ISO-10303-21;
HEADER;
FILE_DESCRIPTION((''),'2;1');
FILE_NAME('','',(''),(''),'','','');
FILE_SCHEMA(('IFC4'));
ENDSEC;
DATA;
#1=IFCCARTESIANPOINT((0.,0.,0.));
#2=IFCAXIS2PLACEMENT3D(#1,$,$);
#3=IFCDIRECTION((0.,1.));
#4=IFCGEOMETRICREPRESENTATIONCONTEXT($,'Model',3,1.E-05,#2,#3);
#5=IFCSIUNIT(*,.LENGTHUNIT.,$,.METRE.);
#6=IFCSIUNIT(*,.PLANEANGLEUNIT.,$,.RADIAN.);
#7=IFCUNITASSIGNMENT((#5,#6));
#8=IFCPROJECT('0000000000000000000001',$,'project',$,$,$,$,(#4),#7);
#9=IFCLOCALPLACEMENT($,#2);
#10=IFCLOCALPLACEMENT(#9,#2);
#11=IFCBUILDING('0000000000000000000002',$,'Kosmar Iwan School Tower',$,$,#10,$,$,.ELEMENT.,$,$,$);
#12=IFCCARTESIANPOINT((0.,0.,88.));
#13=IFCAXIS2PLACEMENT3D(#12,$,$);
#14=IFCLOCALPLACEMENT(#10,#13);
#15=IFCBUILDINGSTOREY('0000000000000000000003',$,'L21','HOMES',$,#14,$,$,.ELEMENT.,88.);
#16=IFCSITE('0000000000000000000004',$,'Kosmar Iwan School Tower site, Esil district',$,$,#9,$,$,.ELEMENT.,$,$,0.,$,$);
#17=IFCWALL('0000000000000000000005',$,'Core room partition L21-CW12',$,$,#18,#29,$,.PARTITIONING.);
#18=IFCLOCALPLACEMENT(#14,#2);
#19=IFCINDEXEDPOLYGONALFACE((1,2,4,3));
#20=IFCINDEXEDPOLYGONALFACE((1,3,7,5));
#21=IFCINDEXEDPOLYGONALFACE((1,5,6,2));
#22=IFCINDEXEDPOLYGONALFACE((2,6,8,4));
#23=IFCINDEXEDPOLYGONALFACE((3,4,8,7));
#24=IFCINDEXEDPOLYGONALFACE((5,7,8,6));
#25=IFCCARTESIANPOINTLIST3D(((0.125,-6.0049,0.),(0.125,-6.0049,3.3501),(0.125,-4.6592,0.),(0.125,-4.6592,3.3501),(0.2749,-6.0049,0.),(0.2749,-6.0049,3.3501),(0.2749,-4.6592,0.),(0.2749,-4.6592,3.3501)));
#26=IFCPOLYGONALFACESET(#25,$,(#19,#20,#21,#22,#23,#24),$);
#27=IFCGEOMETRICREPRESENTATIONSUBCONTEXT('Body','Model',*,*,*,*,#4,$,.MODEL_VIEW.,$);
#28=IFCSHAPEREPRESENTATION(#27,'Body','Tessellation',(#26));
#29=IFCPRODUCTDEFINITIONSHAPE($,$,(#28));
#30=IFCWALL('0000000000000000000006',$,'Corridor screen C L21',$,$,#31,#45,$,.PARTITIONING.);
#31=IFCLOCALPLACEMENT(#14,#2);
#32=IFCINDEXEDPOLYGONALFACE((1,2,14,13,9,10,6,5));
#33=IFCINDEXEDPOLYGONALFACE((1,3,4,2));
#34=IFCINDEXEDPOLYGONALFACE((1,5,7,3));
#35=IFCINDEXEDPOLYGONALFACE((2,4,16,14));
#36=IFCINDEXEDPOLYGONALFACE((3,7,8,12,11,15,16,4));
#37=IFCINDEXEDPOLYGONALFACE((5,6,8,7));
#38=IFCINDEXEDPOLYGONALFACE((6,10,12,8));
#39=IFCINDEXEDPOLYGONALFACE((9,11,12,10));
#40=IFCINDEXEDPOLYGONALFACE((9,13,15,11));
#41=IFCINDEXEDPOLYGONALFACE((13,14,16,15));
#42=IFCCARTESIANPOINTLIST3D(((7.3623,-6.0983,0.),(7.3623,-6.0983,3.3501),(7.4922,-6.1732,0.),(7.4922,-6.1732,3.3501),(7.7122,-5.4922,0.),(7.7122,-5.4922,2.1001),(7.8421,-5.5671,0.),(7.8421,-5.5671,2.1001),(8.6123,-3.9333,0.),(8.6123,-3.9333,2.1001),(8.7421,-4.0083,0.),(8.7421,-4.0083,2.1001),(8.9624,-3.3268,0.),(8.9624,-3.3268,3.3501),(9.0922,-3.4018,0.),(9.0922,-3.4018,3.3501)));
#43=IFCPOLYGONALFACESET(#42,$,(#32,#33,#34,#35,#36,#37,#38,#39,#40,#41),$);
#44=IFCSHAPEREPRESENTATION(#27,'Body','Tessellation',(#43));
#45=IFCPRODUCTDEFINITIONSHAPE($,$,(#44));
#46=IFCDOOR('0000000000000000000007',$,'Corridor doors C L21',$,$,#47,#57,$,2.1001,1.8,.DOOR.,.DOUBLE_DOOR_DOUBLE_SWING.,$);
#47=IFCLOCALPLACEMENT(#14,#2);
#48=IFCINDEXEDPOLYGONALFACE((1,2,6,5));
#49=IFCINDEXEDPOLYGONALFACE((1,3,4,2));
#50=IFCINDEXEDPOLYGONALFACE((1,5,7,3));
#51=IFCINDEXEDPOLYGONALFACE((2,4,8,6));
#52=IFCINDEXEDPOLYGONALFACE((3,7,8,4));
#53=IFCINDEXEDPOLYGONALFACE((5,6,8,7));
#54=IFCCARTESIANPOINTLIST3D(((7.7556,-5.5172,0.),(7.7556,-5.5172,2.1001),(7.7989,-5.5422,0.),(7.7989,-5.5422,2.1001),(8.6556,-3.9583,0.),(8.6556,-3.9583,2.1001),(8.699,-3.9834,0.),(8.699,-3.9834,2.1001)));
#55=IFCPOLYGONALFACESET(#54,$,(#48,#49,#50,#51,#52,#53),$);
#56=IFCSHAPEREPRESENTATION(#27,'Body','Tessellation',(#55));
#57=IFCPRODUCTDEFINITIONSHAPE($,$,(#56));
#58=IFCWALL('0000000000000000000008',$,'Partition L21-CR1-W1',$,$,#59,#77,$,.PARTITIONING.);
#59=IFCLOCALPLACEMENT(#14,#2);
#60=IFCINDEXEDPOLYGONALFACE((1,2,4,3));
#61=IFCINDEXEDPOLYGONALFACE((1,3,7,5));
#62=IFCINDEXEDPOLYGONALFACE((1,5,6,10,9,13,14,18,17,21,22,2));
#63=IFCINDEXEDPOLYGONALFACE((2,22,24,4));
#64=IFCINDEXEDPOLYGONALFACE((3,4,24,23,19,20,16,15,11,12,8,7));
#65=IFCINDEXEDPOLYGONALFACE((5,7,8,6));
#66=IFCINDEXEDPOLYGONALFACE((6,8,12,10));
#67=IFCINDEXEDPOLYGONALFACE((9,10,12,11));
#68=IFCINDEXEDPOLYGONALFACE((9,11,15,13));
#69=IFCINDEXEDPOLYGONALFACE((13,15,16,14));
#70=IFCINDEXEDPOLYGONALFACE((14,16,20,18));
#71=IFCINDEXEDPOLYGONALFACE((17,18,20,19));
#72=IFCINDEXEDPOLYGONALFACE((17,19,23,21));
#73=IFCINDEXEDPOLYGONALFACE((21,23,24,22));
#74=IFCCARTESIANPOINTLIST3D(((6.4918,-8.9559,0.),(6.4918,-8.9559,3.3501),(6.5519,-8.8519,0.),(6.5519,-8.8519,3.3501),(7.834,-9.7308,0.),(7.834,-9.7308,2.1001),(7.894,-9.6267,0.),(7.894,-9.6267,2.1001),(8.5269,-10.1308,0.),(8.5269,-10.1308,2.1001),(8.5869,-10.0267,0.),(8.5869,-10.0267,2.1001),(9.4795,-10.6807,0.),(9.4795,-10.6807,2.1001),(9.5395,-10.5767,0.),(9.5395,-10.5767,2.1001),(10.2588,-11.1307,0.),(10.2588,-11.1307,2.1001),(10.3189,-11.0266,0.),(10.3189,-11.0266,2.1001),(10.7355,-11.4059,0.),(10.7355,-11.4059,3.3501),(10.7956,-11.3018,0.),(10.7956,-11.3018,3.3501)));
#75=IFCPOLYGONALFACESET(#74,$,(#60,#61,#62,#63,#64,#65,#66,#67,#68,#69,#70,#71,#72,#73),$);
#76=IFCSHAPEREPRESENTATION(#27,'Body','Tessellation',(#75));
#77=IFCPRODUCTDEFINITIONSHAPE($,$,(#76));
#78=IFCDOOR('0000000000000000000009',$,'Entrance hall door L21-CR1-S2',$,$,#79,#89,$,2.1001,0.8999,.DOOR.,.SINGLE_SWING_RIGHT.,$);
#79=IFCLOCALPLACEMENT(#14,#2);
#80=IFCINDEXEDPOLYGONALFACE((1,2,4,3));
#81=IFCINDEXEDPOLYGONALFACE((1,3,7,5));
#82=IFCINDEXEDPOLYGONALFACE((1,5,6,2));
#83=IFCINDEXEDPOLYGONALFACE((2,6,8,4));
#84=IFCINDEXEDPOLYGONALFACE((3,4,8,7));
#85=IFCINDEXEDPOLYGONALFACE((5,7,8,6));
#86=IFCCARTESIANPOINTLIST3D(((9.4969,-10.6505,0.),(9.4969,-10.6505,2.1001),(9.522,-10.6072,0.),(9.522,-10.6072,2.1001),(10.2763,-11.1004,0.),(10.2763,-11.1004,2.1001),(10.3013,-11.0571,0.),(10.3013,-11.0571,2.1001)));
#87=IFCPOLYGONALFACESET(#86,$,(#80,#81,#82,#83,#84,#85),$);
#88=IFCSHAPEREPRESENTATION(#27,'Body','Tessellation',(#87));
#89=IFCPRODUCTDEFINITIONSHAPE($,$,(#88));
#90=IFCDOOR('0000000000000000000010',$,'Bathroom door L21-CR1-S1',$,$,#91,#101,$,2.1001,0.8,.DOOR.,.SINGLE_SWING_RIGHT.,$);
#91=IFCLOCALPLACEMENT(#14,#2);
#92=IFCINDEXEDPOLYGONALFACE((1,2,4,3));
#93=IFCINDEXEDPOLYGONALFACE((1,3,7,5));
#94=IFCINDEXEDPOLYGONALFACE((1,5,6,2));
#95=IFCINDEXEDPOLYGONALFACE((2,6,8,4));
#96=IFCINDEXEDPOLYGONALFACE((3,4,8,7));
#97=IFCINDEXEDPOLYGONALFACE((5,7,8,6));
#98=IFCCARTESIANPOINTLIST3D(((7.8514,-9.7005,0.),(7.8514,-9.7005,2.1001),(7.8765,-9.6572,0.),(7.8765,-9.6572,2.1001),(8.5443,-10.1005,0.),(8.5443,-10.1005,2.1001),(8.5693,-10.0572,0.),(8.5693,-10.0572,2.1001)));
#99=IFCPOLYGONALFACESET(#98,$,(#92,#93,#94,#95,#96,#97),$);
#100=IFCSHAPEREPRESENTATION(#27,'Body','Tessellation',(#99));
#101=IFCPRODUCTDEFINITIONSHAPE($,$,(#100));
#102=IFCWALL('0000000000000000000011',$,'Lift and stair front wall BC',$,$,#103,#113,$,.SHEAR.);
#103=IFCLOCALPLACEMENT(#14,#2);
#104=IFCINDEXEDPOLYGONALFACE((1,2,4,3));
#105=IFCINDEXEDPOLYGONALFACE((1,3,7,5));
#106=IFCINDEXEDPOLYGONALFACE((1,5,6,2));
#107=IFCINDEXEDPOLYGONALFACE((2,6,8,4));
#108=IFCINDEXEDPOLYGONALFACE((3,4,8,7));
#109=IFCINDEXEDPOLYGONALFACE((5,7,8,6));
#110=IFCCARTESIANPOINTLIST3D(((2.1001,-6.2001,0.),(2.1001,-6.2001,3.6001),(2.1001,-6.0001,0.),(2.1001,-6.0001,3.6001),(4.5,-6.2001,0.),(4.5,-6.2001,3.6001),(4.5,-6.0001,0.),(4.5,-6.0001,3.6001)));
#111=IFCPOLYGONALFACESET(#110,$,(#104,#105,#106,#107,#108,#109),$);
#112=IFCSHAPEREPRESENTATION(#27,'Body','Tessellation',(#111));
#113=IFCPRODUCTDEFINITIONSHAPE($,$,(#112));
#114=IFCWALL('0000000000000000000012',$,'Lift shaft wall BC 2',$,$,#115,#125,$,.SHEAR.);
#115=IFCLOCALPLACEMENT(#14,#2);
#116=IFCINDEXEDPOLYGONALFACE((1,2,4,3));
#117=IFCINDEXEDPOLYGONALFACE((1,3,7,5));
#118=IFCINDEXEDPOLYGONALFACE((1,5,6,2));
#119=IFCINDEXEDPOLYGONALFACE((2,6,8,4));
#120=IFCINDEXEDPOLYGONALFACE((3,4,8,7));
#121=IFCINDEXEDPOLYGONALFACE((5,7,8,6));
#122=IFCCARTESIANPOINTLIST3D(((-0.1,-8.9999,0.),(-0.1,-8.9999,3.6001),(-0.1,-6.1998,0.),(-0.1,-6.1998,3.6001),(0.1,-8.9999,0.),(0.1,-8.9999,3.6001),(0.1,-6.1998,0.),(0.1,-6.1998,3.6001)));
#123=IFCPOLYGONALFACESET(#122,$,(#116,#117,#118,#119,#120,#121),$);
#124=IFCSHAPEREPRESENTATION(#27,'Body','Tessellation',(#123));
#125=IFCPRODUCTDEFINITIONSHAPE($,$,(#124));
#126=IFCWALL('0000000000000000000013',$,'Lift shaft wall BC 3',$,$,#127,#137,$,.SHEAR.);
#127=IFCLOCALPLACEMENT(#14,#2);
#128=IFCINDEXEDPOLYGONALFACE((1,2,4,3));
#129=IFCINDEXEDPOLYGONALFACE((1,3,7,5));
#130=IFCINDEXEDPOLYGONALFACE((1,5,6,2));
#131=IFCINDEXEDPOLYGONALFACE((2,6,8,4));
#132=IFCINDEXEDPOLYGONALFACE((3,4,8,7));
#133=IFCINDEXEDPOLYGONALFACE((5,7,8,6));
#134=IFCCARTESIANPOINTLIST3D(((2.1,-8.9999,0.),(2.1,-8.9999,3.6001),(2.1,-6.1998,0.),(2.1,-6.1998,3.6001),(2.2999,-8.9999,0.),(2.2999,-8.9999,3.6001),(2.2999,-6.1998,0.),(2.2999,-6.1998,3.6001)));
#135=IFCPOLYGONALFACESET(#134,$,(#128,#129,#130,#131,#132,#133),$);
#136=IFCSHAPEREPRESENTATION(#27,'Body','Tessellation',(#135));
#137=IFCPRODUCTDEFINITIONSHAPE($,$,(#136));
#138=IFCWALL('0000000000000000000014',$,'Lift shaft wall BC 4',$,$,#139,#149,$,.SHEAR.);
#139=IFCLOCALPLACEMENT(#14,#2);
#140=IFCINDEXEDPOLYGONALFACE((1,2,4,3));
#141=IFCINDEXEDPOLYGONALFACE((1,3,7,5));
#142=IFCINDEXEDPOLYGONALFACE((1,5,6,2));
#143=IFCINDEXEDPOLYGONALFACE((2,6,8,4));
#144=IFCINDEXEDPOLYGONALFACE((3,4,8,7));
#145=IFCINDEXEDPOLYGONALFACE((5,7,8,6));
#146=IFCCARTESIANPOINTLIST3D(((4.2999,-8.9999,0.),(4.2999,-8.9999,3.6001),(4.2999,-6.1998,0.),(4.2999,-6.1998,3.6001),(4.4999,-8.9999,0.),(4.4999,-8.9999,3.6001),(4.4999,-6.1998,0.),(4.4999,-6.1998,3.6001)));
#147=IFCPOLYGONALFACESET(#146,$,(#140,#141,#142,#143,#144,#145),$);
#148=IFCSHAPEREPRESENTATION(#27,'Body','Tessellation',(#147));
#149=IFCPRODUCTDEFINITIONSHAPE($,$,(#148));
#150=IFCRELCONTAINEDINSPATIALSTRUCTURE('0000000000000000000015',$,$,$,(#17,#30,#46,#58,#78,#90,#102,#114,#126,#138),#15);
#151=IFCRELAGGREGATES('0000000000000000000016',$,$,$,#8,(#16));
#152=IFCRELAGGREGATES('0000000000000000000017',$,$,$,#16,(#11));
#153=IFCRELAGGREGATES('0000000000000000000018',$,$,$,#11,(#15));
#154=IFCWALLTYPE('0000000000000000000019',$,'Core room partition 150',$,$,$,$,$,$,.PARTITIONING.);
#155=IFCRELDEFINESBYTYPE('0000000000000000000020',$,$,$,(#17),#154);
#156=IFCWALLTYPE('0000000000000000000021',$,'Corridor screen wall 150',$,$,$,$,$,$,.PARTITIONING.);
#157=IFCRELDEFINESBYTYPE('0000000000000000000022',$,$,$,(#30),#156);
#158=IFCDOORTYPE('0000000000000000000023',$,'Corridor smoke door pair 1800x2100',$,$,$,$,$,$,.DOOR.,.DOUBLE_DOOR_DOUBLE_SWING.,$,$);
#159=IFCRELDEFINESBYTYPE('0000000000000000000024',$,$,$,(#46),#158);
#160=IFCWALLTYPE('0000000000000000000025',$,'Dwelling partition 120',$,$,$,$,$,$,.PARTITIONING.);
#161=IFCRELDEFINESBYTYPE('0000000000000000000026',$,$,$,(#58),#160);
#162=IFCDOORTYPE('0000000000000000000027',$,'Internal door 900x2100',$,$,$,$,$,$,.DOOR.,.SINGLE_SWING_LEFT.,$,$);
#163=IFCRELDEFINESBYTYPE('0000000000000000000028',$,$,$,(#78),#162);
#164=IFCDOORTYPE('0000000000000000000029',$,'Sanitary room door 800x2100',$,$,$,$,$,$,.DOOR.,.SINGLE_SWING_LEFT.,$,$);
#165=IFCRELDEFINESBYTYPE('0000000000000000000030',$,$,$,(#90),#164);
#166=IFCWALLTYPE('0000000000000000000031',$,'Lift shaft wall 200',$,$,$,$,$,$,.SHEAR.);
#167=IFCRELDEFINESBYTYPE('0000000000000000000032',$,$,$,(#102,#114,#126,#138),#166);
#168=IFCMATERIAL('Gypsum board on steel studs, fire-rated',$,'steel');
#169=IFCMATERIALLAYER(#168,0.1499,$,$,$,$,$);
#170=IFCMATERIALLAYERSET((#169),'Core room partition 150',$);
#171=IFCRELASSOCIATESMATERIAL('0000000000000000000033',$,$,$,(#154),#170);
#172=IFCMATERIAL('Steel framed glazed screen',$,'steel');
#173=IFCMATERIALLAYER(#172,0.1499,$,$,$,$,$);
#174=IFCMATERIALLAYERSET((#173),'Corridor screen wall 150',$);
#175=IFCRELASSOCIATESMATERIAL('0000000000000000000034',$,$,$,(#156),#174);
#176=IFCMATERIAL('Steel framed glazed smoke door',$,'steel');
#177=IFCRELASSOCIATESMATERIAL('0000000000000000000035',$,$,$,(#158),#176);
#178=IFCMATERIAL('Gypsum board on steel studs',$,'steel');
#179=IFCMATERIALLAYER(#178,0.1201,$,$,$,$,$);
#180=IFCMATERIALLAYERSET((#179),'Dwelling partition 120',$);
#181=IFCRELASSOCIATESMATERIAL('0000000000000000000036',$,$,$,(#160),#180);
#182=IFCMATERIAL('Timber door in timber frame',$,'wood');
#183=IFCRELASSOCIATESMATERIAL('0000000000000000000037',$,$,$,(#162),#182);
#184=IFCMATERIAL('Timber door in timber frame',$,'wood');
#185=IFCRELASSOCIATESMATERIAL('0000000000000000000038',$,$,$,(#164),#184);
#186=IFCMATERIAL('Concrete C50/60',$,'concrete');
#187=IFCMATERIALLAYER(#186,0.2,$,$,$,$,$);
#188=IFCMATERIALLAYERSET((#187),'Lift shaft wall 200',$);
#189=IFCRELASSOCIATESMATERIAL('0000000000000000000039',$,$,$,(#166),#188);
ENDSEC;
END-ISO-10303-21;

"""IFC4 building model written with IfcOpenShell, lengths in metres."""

from ifc_helpers import new_model, si_unit, direction, frame, frame_2d, origin, place, context, subcontext, project, spatial, rectangle, extrude, material, layer, layer_set, type_object, element, fill, save


model = new_model("IFC4")

# Units and contexts
model_context = context("Model", 3, precision=1e-05, world=origin(), true_north=direction((0.0, 1.0)))
body_context = subcontext(model_context, "Body", "Model", "MODEL_VIEW")
ifc_project = project(units=[si_unit("LENGTHUNIT", "METRE"), si_unit("PLANEANGLEUNIT", "RADIAN")], contexts=[model_context])

# Site, building, storey
site_placement = place(None, origin())
site = spatial("IfcSite", under=ifc_project, at=site_placement, Name="Kosmar Iwan School Tower site, Esil district", CompositionType="ELEMENT", RefElevation=0.0)
building_placement = place(site_placement, origin())
building = spatial("IfcBuilding", under=site, at=building_placement, Name="Kosmar Iwan School Tower", CompositionType="ELEMENT")
storey_placement = place(building_placement, frame((0.0, 0.0, 88.0)))
storey = spatial("IfcBuildingStorey", under=building, at=storey_placement, Name="L21", Description="HOMES", CompositionType="ELEMENT", Elevation=88.0)

# Wall
ifc_material_1 = material(Name="Gypsum board on steel studs, fire-rated", Category="steel")
ifc_layer_1 = layer(ifc_material_1, 0.1499)
ifc_layer_set_1 = layer_set([ifc_layer_1], Name="Core room partition 150")
wall_type_1 = type_object("IfcWallType", Name="Core room partition 150", PredefinedType="PARTITIONING", material=ifc_layer_set_1)
wall_1_placement = place(storey_placement, frame((0.2, -6.0049, 0.0), z_axis=(0.0, 0.0, 1.0), x_axis=(0.0, 1.0, 0.0)))
element("IfcWall", 1, at=wall_1_placement, inside=storey, type_object=wall_type_1, Name="Core room partition L21-CW12", PredefinedType="PARTITIONING", context=body_context, shape_type="SweptSolid", body=[
    extrude(rectangle(XDim=1.3457, YDim=0.1499, at=frame_2d((0.6729, 0.0))), origin(), (0.0, 0.0, 1.0), 3.3501),
])

# Wall, opening, door
ifc_material_2 = material(Name="Steel framed glazed screen", Category="steel")
ifc_layer_2 = layer(ifc_material_2, 0.1499)
ifc_layer_set_2 = layer_set([ifc_layer_2], Name="Corridor screen wall 150")
wall_type_2 = type_object("IfcWallType", Name="Corridor screen wall 150", PredefinedType="PARTITIONING", material=ifc_layer_set_2)
wall_2_placement = place(storey_placement, frame((7.4272, -6.1357, 0.0), z_axis=(0.0, 0.0, 1.0), x_axis=(0.499995, 0.866028, 0.0)))
wall_2 = element("IfcWall", 2, at=wall_2_placement, inside=storey, type_object=wall_type_2, Name="Corridor screen C L21", PredefinedType="PARTITIONING", context=body_context, shape_type="SweptSolid", body=[
    extrude(rectangle(XDim=3.2002, YDim=0.1499, at=frame_2d((1.6001, 0.0))), origin(), (0.0, 0.0, 1.0), 3.3501),
])
opening_1_placement = place(wall_2_placement, frame((0.7, 0.0, 0.0)))
opening_1 = element("IfcOpeningElement", 3, at=opening_1_placement, cuts=wall_2, PredefinedType="OPENING", context=body_context, shape_type="SweptSolid", body=[
    extrude(rectangle(XDim=1.8, YDim=2.1001, at=frame_2d((0.8999, 1.05))), frame((0.0, 0.0869, 0.0), z_axis=(0.0, -1.0, 0.0), x_axis=(1.0, 0.0, 0.0)), (0.0, 0.0, 1.0), 0.1738),
])
ifc_material_3 = material(Name="Steel framed glazed smoke door", Category="steel")
door_type_1 = type_object("IfcDoorType", Name="Corridor smoke door pair 1800x2100", OperationType="DOUBLE_DOOR_DOUBLE_SWING", PredefinedType="DOOR", material=ifc_material_3)
door_1_placement = place(opening_1_placement, origin())
door_1 = element("IfcDoor", 4, at=door_1_placement, inside=storey, type_object=door_type_1, Name="Corridor doors C L21", OperationType="DOUBLE_DOOR_DOUBLE_SWING", OverallHeight=2.1001, OverallWidth=1.8, PredefinedType="DOOR", context=body_context, shape_type="SweptSolid", body=[
    extrude(rectangle(XDim=1.8, YDim=2.1001, at=frame_2d((0.8999, 1.05))), frame((0.0, 0.0249, 0.0), z_axis=(0.0, -1.0, 0.0), x_axis=(1.0, 0.0, 0.0)), (0.0, 0.0, 1.0), 0.05),
])
fill(opening_1, door_1)

# Wall, openings, doors
ifc_material_4 = material(Name="Gypsum board on steel studs", Category="steel")
ifc_layer_3 = layer(ifc_material_4, 0.1201)
ifc_layer_set_3 = layer_set([ifc_layer_3], Name="Dwelling partition 120")
wall_type_3 = type_object("IfcWallType", Name="Dwelling partition 120", PredefinedType="PARTITIONING", material=ifc_layer_set_3)
wall_3_placement = place(storey_placement, frame((6.5217, -8.9038, 0.0), z_axis=(0.0, 0.0, 1.0), x_axis=(0.866036, -0.499981, 0.0)))
wall_3 = element("IfcWall", 5, at=wall_3_placement, inside=storey, type_object=wall_type_3, Name="Partition L21-CR1-W1", PredefinedType="PARTITIONING", context=body_context, shape_type="SweptSolid", body=[
    extrude(rectangle(XDim=4.9001, YDim=0.1201, at=frame_2d((2.4502, 0.0))), origin(), (0.0, 0.0, 1.0), 3.3501),
])
opening_2_placement = place(wall_3_placement, frame((1.55, 0.0, 0.0)))
opening_2 = element("IfcOpeningElement", 6, at=opening_2_placement, cuts=wall_3, PredefinedType="OPENING", context=body_context, shape_type="SweptSolid", body=[
    extrude(rectangle(XDim=0.8, YDim=2.1001, at=frame_2d((0.3999, 1.05))), frame((0.0, 0.072, 0.0), z_axis=(0.0, -1.0, 0.0), x_axis=(1.0, 0.0, 0.0)), (0.0, 0.0, 1.0), 0.144),
])
opening_3_placement = place(wall_3_placement, frame((3.45, 0.0, 0.0)))
opening_3 = element("IfcOpeningElement", 7, at=opening_3_placement, cuts=wall_3, PredefinedType="OPENING", context=body_context, shape_type="SweptSolid", body=[
    extrude(rectangle(XDim=0.8999, YDim=2.1001, at=frame_2d((0.45, 1.05))), frame((0.0, 0.072, 0.0), z_axis=(0.0, -1.0, 0.0), x_axis=(1.0, 0.0, 0.0)), (0.0, 0.0, 1.0), 0.144),
])
ifc_material_5 = material(Name="Timber door in timber frame", Category="wood")
door_type_2 = type_object("IfcDoorType", Name="Internal door 900x2100", OperationType="SINGLE_SWING_LEFT", PredefinedType="DOOR", material=ifc_material_5)
door_2_placement = place(opening_3_placement, origin())
door_2 = element("IfcDoor", 8, at=door_2_placement, inside=storey, type_object=door_type_2, Name="Entrance hall door L21-CR1-S2", OperationType="SINGLE_SWING_RIGHT", OverallHeight=2.1001, OverallWidth=0.8999, PredefinedType="DOOR", context=body_context, shape_type="SweptSolid", body=[
    extrude(rectangle(XDim=0.8999, YDim=2.1001, at=frame_2d((0.45, 1.05))), frame((0.0, 0.0249, 0.0), z_axis=(0.0, -1.0, 0.0), x_axis=(1.0, 0.0, 0.0)), (0.0, 0.0, 1.0), 0.05),
])
fill(opening_3, door_2)
ifc_material_6 = material(Name="Timber door in timber frame", Category="wood")
door_type_3 = type_object("IfcDoorType", Name="Sanitary room door 800x2100", OperationType="SINGLE_SWING_LEFT", PredefinedType="DOOR", material=ifc_material_6)
door_3_placement = place(opening_2_placement, origin())
door_3 = element("IfcDoor", 9, at=door_3_placement, inside=storey, type_object=door_type_3, Name="Bathroom door L21-CR1-S1", OperationType="SINGLE_SWING_RIGHT", OverallHeight=2.1001, OverallWidth=0.8, PredefinedType="DOOR", context=body_context, shape_type="SweptSolid", body=[
    extrude(rectangle(XDim=0.8, YDim=2.1001, at=frame_2d((0.3999, 1.05))), frame((0.0, 0.0249, 0.0), z_axis=(0.0, -1.0, 0.0), x_axis=(1.0, 0.0, 0.0)), (0.0, 0.0, 1.0), 0.05),
])
fill(opening_2, door_3)

# Walls
ifc_material_7 = material(Name="Concrete C50/60", Category="concrete")
ifc_layer_4 = layer(ifc_material_7, 0.2)
ifc_layer_set_4 = layer_set([ifc_layer_4], Name="Lift shaft wall 200")
wall_type_4 = type_object("IfcWallType", Name="Lift shaft wall 200", PredefinedType="SHEAR", material=ifc_layer_set_4)
wall_4_placement = place(storey_placement, frame((2.1001, -6.1001, 0.0), z_axis=(0.0, 0.0, 1.0), x_axis=(1.0, 0.0, 0.0)))
element("IfcWall", 10, at=wall_4_placement, inside=storey, type_object=wall_type_4, Name="Lift and stair front wall BC", PredefinedType="SHEAR", context=body_context, shape_type="SweptSolid", body=[
    extrude(rectangle(XDim=2.3999, YDim=0.2, at=frame_2d((1.2, 0.0))), origin(), (0.0, 0.0, 1.0), 3.6001),
])
for number, where, z_axis, x_axis, name in (
    (11, (0.0, -6.2, 0.0), (0.0, 0.0, 1.0), (0.0, -1.0, 0.0), "Lift shaft wall BC 2"),
    (12, (2.2, -6.2, 0.0), (0.0, 0.0, 1.0), (0.0, -1.0, 0.0), "Lift shaft wall BC 3"),
    (13, (4.3999, -6.2, 0.0), (0.0, 0.0, 1.0), (0.0, -1.0, 0.0), "Lift shaft wall BC 4"),
):
    element("IfcWall", number, at=place(storey_placement, frame(where, z_axis=z_axis, x_axis=x_axis)), inside=storey, type_object=wall_type_4, Name=name, PredefinedType="SHEAR", context=body_context, shape_type="SweptSolid", body=[
        extrude(rectangle(XDim=2.8, YDim=0.2, at=frame_2d((1.3999, 0.0))), origin(), (0.0, 0.0, 1.0), 3.6001),
    ])

save(model, "model.ifc")
